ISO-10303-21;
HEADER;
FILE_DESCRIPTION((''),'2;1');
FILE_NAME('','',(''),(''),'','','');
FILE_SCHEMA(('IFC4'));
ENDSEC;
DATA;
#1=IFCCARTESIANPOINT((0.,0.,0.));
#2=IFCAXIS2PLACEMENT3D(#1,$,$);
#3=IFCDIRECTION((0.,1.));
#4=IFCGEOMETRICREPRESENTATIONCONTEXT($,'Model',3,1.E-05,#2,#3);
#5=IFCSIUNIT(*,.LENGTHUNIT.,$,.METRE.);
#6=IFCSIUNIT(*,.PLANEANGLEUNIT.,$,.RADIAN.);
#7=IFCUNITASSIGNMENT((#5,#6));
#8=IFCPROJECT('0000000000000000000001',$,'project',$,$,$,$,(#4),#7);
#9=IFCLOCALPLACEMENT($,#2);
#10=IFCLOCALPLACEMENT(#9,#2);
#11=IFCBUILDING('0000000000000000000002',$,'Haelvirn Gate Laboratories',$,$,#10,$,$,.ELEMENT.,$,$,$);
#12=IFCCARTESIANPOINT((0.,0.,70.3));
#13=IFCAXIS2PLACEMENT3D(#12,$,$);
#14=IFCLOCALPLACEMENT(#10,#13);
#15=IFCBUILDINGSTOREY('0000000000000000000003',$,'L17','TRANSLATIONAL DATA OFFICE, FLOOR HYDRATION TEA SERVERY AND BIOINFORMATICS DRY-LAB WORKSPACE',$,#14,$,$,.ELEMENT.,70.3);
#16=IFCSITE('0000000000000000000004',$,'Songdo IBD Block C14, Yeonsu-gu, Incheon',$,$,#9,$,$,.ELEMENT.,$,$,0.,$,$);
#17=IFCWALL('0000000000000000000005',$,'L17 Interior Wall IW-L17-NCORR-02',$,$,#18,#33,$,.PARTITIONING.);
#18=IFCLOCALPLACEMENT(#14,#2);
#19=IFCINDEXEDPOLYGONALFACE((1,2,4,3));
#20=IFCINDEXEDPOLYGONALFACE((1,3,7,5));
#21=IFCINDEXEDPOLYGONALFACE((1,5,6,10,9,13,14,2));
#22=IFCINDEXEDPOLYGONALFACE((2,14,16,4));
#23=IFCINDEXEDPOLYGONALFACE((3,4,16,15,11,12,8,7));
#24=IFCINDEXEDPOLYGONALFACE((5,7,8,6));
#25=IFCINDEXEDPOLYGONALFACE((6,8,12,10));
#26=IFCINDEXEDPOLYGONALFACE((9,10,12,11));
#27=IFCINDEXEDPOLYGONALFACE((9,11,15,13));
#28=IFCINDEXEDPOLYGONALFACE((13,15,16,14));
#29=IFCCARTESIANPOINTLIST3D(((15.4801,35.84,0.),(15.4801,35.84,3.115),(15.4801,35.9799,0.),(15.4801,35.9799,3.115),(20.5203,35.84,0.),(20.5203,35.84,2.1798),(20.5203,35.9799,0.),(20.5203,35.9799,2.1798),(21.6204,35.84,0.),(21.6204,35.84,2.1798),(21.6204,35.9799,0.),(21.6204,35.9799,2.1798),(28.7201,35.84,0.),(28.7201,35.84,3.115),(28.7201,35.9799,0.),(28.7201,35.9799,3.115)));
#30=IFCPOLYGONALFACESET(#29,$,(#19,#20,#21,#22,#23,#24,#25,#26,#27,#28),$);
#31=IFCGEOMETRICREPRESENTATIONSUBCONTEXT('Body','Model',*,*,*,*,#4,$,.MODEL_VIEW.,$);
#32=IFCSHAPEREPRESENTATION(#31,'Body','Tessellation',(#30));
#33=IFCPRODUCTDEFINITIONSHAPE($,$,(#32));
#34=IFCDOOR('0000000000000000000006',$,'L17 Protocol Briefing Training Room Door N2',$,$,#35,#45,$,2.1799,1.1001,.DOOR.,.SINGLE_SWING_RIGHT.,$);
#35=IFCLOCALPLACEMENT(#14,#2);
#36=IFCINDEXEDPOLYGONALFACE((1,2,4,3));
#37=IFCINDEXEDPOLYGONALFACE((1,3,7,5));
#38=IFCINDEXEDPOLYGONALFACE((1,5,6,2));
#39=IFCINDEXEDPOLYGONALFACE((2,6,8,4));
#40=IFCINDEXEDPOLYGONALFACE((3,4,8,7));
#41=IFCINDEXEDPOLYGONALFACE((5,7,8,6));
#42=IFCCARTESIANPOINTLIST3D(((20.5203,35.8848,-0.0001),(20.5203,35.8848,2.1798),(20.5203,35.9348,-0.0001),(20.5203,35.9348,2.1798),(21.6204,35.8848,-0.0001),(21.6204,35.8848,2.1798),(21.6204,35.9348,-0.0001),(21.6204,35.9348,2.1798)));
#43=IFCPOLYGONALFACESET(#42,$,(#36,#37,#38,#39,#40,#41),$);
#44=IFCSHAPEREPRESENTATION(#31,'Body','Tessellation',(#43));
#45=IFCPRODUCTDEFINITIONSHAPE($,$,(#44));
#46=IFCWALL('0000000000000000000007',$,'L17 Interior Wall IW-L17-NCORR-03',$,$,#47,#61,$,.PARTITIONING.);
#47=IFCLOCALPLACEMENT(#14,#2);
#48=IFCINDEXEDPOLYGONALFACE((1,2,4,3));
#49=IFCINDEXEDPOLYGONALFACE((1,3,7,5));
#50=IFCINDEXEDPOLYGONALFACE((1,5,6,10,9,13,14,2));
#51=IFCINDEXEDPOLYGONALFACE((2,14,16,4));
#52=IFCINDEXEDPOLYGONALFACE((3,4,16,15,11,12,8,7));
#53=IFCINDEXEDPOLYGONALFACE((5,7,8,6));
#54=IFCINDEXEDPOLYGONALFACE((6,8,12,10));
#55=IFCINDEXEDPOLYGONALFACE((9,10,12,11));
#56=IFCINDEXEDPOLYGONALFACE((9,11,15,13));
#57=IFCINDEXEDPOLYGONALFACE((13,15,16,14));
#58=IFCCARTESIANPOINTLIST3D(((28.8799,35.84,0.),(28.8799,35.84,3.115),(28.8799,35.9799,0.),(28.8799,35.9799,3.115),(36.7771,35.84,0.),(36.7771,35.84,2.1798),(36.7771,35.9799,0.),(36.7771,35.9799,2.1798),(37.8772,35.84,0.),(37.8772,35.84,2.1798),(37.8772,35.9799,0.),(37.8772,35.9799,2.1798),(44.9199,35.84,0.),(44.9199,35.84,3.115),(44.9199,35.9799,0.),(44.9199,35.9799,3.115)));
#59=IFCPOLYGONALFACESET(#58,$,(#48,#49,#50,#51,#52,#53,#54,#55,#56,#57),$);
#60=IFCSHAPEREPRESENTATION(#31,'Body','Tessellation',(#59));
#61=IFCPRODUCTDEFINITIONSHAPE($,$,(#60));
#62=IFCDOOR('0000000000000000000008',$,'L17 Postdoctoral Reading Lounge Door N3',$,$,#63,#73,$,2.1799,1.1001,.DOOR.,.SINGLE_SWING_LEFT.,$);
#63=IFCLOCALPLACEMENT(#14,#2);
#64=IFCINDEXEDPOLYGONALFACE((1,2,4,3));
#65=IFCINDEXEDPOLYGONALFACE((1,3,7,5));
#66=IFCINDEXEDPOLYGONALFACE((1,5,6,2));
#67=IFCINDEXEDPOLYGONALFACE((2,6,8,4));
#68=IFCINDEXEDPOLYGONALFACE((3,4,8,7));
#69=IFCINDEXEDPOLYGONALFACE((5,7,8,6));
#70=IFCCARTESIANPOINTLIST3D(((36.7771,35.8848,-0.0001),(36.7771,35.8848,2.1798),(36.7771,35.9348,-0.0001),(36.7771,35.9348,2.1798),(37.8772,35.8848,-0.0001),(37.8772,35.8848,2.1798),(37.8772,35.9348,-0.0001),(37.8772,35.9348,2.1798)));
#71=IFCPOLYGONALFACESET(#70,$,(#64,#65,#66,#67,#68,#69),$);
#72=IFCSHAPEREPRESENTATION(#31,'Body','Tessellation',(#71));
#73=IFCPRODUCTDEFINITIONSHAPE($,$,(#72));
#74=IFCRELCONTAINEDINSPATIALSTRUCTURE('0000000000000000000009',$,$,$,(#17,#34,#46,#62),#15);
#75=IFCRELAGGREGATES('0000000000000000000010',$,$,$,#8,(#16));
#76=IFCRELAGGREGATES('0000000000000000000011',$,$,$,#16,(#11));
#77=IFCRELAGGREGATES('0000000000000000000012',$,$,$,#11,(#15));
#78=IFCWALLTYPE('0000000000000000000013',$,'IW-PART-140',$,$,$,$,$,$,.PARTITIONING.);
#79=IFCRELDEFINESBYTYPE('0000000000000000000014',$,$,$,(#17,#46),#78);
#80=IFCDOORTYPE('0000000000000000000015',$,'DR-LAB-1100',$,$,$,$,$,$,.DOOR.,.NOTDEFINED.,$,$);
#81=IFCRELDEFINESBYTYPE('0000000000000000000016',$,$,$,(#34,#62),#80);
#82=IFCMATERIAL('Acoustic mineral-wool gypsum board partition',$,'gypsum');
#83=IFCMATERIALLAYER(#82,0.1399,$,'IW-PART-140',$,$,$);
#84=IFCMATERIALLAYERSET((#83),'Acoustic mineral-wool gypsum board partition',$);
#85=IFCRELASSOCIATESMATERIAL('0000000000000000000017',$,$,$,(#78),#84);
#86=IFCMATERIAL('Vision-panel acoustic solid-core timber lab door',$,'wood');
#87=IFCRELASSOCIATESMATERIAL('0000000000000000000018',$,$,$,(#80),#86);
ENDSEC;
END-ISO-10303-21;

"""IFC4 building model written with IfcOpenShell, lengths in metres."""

from ifc_helpers import new_model, si_unit, direction, frame, frame_2d, origin, place, context, subcontext, project, spatial, rectangle, extrude, source, transform, mapped, material, layer, layer_set, type_object, type_shapes, element, fill, save


model = new_model("IFC4")

# Units and contexts
model_context = context("Model", 3, precision=1e-05, world=origin(), true_north=direction((0.0, 1.0)))
body_context = subcontext(model_context, "Body", "Model", "MODEL_VIEW")
ifc_project = project(units=[si_unit("LENGTHUNIT", "METRE"), si_unit("PLANEANGLEUNIT", "RADIAN")], contexts=[model_context])

# Site, building, storey
site_placement = place(None, origin())
site = spatial("IfcSite", under=ifc_project, at=site_placement, Name="Songdo IBD Block C14, Yeonsu-gu, Incheon", CompositionType="ELEMENT", RefElevation=0.0)
building_placement = place(site_placement, origin())
building = spatial("IfcBuilding", under=site, at=building_placement, Name="Haelvirn Gate Laboratories", CompositionType="ELEMENT")
storey_placement = place(building_placement, frame((0.0, 0.0, 70.3)))
storey = spatial("IfcBuildingStorey", under=building, at=storey_placement, Name="L17", Description="TRANSLATIONAL DATA OFFICE, FLOOR HYDRATION TEA SERVERY AND BIOINFORMATICS DRY-LAB WORKSPACE", CompositionType="ELEMENT", Elevation=70.3)

# Walls, openings, doors
ifc_material_1 = material(Name="Acoustic mineral-wool gypsum board partition", Category="gypsum")
ifc_layer_1 = layer(ifc_material_1, 0.1399, Name="IW-PART-140")
ifc_layer_set_1 = layer_set([ifc_layer_1], Name="Acoustic mineral-wool gypsum board partition")
wall_type_1 = type_object("IfcWallType", Name="IW-PART-140", PredefinedType="PARTITIONING", material=ifc_layer_set_1)
wall_1_placement = place(storey_placement, frame((15.48, 35.9099, 0.0), z_axis=(0.0, 0.0, 1.0), x_axis=(1.0, 0.0, 0.0)))
wall_1 = element("IfcWall", 1, at=wall_1_placement, inside=storey, type_object=wall_type_1, Name="L17 Interior Wall IW-L17-NCORR-02", PredefinedType="PARTITIONING", context=body_context, shape_type="SweptSolid", body=[
    extrude(rectangle(XDim=13.24, YDim=0.1399, at=frame_2d((6.6201, 0.0))), origin(), (0.0, 0.0, 1.0), 3.115),
])
opening_1_placement = place(wall_1_placement, frame((5.0403, 0.0, 0.0)))
opening_1 = element("IfcOpeningElement", 2, at=opening_1_placement, cuts=wall_1, PredefinedType="OPENING", context=body_context, shape_type="SweptSolid", body=[
    extrude(rectangle(XDim=1.1001, YDim=2.1799, at=frame_2d((0.55, 1.0898))), frame((0.0, 0.0801, 0.0), z_axis=(0.0, -1.0, 0.0), x_axis=(1.0, 0.0, 0.0)), (0.0, 0.0, 1.0), 0.1599),
])
ifc_material_2 = material(Name="Vision-panel acoustic solid-core timber lab door", Category="wood")
door_type = type_object("IfcDoorType", Name="DR-LAB-1100", OperationType="NOTDEFINED", PredefinedType="DOOR", material=ifc_material_2)
shared_shape_1 = source(origin(), body_context, "Body", "SweptSolid", [
    extrude(rectangle(XDim=1.1001, YDim=2.1799, at=frame_2d((0.55, 1.0898))), frame((0.0, 0.0249, 0.0), z_axis=(0.0, -1.0, 0.0), x_axis=(1.0, 0.0, 0.0)), (0.0, 0.0, 1.0), 0.05),
])
type_shapes(door_type, [shared_shape_1])
door_1_placement = place(opening_1_placement, origin())
door_1 = element("IfcDoor", 3, at=door_1_placement, inside=storey, type_object=door_type, Name="L17 Protocol Briefing Training Room Door N2", OperationType="SINGLE_SWING_RIGHT", OverallHeight=2.1799, OverallWidth=1.1001, PredefinedType="DOOR", context=body_context, shape_type="MappedRepresentation", body=[
    mapped(shared_shape_1, transform((0.0, 0.0, 0.0), scale=1.0)),
])
fill(opening_1, door_1)
wall_2_placement = place(storey_placement, frame((28.8799, 35.9099, 0.0), z_axis=(0.0, 0.0, 1.0), x_axis=(1.0, 0.0, 0.0)))
wall_2 = element("IfcWall", 4, at=wall_2_placement, inside=storey, type_object=wall_type_1, Name="L17 Interior Wall IW-L17-NCORR-03", PredefinedType="PARTITIONING", context=body_context, shape_type="SweptSolid", body=[
    extrude(rectangle(XDim=16.04, YDim=0.1399, at=frame_2d((8.02, 0.0))), origin(), (0.0, 0.0, 1.0), 3.115),
])
opening_2_placement = place(wall_2_placement, frame((7.8972, 0.0, 0.0)))
opening_2 = element("IfcOpeningElement", 5, at=opening_2_placement, cuts=wall_2, PredefinedType="OPENING", context=body_context, shape_type="SweptSolid", body=[
    extrude(rectangle(XDim=1.1001, YDim=2.1799, at=frame_2d((0.55, 1.0898))), frame((0.0, 0.0801, 0.0), z_axis=(0.0, -1.0, 0.0), x_axis=(1.0, 0.0, 0.0)), (0.0, 0.0, 1.0), 0.1599),
])
door_2_placement = place(opening_2_placement, origin())
door_2 = element("IfcDoor", 6, at=door_2_placement, inside=storey, type_object=door_type, Name="L17 Postdoctoral Reading Lounge Door N3", OperationType="SINGLE_SWING_LEFT", OverallHeight=2.1799, OverallWidth=1.1001, PredefinedType="DOOR", context=body_context, shape_type="MappedRepresentation", body=[
    mapped(shared_shape_1, transform((0.0, 0.0, 0.0), scale=1.0)),
])
fill(opening_2, door_2)

save(model, "model.ifc")
